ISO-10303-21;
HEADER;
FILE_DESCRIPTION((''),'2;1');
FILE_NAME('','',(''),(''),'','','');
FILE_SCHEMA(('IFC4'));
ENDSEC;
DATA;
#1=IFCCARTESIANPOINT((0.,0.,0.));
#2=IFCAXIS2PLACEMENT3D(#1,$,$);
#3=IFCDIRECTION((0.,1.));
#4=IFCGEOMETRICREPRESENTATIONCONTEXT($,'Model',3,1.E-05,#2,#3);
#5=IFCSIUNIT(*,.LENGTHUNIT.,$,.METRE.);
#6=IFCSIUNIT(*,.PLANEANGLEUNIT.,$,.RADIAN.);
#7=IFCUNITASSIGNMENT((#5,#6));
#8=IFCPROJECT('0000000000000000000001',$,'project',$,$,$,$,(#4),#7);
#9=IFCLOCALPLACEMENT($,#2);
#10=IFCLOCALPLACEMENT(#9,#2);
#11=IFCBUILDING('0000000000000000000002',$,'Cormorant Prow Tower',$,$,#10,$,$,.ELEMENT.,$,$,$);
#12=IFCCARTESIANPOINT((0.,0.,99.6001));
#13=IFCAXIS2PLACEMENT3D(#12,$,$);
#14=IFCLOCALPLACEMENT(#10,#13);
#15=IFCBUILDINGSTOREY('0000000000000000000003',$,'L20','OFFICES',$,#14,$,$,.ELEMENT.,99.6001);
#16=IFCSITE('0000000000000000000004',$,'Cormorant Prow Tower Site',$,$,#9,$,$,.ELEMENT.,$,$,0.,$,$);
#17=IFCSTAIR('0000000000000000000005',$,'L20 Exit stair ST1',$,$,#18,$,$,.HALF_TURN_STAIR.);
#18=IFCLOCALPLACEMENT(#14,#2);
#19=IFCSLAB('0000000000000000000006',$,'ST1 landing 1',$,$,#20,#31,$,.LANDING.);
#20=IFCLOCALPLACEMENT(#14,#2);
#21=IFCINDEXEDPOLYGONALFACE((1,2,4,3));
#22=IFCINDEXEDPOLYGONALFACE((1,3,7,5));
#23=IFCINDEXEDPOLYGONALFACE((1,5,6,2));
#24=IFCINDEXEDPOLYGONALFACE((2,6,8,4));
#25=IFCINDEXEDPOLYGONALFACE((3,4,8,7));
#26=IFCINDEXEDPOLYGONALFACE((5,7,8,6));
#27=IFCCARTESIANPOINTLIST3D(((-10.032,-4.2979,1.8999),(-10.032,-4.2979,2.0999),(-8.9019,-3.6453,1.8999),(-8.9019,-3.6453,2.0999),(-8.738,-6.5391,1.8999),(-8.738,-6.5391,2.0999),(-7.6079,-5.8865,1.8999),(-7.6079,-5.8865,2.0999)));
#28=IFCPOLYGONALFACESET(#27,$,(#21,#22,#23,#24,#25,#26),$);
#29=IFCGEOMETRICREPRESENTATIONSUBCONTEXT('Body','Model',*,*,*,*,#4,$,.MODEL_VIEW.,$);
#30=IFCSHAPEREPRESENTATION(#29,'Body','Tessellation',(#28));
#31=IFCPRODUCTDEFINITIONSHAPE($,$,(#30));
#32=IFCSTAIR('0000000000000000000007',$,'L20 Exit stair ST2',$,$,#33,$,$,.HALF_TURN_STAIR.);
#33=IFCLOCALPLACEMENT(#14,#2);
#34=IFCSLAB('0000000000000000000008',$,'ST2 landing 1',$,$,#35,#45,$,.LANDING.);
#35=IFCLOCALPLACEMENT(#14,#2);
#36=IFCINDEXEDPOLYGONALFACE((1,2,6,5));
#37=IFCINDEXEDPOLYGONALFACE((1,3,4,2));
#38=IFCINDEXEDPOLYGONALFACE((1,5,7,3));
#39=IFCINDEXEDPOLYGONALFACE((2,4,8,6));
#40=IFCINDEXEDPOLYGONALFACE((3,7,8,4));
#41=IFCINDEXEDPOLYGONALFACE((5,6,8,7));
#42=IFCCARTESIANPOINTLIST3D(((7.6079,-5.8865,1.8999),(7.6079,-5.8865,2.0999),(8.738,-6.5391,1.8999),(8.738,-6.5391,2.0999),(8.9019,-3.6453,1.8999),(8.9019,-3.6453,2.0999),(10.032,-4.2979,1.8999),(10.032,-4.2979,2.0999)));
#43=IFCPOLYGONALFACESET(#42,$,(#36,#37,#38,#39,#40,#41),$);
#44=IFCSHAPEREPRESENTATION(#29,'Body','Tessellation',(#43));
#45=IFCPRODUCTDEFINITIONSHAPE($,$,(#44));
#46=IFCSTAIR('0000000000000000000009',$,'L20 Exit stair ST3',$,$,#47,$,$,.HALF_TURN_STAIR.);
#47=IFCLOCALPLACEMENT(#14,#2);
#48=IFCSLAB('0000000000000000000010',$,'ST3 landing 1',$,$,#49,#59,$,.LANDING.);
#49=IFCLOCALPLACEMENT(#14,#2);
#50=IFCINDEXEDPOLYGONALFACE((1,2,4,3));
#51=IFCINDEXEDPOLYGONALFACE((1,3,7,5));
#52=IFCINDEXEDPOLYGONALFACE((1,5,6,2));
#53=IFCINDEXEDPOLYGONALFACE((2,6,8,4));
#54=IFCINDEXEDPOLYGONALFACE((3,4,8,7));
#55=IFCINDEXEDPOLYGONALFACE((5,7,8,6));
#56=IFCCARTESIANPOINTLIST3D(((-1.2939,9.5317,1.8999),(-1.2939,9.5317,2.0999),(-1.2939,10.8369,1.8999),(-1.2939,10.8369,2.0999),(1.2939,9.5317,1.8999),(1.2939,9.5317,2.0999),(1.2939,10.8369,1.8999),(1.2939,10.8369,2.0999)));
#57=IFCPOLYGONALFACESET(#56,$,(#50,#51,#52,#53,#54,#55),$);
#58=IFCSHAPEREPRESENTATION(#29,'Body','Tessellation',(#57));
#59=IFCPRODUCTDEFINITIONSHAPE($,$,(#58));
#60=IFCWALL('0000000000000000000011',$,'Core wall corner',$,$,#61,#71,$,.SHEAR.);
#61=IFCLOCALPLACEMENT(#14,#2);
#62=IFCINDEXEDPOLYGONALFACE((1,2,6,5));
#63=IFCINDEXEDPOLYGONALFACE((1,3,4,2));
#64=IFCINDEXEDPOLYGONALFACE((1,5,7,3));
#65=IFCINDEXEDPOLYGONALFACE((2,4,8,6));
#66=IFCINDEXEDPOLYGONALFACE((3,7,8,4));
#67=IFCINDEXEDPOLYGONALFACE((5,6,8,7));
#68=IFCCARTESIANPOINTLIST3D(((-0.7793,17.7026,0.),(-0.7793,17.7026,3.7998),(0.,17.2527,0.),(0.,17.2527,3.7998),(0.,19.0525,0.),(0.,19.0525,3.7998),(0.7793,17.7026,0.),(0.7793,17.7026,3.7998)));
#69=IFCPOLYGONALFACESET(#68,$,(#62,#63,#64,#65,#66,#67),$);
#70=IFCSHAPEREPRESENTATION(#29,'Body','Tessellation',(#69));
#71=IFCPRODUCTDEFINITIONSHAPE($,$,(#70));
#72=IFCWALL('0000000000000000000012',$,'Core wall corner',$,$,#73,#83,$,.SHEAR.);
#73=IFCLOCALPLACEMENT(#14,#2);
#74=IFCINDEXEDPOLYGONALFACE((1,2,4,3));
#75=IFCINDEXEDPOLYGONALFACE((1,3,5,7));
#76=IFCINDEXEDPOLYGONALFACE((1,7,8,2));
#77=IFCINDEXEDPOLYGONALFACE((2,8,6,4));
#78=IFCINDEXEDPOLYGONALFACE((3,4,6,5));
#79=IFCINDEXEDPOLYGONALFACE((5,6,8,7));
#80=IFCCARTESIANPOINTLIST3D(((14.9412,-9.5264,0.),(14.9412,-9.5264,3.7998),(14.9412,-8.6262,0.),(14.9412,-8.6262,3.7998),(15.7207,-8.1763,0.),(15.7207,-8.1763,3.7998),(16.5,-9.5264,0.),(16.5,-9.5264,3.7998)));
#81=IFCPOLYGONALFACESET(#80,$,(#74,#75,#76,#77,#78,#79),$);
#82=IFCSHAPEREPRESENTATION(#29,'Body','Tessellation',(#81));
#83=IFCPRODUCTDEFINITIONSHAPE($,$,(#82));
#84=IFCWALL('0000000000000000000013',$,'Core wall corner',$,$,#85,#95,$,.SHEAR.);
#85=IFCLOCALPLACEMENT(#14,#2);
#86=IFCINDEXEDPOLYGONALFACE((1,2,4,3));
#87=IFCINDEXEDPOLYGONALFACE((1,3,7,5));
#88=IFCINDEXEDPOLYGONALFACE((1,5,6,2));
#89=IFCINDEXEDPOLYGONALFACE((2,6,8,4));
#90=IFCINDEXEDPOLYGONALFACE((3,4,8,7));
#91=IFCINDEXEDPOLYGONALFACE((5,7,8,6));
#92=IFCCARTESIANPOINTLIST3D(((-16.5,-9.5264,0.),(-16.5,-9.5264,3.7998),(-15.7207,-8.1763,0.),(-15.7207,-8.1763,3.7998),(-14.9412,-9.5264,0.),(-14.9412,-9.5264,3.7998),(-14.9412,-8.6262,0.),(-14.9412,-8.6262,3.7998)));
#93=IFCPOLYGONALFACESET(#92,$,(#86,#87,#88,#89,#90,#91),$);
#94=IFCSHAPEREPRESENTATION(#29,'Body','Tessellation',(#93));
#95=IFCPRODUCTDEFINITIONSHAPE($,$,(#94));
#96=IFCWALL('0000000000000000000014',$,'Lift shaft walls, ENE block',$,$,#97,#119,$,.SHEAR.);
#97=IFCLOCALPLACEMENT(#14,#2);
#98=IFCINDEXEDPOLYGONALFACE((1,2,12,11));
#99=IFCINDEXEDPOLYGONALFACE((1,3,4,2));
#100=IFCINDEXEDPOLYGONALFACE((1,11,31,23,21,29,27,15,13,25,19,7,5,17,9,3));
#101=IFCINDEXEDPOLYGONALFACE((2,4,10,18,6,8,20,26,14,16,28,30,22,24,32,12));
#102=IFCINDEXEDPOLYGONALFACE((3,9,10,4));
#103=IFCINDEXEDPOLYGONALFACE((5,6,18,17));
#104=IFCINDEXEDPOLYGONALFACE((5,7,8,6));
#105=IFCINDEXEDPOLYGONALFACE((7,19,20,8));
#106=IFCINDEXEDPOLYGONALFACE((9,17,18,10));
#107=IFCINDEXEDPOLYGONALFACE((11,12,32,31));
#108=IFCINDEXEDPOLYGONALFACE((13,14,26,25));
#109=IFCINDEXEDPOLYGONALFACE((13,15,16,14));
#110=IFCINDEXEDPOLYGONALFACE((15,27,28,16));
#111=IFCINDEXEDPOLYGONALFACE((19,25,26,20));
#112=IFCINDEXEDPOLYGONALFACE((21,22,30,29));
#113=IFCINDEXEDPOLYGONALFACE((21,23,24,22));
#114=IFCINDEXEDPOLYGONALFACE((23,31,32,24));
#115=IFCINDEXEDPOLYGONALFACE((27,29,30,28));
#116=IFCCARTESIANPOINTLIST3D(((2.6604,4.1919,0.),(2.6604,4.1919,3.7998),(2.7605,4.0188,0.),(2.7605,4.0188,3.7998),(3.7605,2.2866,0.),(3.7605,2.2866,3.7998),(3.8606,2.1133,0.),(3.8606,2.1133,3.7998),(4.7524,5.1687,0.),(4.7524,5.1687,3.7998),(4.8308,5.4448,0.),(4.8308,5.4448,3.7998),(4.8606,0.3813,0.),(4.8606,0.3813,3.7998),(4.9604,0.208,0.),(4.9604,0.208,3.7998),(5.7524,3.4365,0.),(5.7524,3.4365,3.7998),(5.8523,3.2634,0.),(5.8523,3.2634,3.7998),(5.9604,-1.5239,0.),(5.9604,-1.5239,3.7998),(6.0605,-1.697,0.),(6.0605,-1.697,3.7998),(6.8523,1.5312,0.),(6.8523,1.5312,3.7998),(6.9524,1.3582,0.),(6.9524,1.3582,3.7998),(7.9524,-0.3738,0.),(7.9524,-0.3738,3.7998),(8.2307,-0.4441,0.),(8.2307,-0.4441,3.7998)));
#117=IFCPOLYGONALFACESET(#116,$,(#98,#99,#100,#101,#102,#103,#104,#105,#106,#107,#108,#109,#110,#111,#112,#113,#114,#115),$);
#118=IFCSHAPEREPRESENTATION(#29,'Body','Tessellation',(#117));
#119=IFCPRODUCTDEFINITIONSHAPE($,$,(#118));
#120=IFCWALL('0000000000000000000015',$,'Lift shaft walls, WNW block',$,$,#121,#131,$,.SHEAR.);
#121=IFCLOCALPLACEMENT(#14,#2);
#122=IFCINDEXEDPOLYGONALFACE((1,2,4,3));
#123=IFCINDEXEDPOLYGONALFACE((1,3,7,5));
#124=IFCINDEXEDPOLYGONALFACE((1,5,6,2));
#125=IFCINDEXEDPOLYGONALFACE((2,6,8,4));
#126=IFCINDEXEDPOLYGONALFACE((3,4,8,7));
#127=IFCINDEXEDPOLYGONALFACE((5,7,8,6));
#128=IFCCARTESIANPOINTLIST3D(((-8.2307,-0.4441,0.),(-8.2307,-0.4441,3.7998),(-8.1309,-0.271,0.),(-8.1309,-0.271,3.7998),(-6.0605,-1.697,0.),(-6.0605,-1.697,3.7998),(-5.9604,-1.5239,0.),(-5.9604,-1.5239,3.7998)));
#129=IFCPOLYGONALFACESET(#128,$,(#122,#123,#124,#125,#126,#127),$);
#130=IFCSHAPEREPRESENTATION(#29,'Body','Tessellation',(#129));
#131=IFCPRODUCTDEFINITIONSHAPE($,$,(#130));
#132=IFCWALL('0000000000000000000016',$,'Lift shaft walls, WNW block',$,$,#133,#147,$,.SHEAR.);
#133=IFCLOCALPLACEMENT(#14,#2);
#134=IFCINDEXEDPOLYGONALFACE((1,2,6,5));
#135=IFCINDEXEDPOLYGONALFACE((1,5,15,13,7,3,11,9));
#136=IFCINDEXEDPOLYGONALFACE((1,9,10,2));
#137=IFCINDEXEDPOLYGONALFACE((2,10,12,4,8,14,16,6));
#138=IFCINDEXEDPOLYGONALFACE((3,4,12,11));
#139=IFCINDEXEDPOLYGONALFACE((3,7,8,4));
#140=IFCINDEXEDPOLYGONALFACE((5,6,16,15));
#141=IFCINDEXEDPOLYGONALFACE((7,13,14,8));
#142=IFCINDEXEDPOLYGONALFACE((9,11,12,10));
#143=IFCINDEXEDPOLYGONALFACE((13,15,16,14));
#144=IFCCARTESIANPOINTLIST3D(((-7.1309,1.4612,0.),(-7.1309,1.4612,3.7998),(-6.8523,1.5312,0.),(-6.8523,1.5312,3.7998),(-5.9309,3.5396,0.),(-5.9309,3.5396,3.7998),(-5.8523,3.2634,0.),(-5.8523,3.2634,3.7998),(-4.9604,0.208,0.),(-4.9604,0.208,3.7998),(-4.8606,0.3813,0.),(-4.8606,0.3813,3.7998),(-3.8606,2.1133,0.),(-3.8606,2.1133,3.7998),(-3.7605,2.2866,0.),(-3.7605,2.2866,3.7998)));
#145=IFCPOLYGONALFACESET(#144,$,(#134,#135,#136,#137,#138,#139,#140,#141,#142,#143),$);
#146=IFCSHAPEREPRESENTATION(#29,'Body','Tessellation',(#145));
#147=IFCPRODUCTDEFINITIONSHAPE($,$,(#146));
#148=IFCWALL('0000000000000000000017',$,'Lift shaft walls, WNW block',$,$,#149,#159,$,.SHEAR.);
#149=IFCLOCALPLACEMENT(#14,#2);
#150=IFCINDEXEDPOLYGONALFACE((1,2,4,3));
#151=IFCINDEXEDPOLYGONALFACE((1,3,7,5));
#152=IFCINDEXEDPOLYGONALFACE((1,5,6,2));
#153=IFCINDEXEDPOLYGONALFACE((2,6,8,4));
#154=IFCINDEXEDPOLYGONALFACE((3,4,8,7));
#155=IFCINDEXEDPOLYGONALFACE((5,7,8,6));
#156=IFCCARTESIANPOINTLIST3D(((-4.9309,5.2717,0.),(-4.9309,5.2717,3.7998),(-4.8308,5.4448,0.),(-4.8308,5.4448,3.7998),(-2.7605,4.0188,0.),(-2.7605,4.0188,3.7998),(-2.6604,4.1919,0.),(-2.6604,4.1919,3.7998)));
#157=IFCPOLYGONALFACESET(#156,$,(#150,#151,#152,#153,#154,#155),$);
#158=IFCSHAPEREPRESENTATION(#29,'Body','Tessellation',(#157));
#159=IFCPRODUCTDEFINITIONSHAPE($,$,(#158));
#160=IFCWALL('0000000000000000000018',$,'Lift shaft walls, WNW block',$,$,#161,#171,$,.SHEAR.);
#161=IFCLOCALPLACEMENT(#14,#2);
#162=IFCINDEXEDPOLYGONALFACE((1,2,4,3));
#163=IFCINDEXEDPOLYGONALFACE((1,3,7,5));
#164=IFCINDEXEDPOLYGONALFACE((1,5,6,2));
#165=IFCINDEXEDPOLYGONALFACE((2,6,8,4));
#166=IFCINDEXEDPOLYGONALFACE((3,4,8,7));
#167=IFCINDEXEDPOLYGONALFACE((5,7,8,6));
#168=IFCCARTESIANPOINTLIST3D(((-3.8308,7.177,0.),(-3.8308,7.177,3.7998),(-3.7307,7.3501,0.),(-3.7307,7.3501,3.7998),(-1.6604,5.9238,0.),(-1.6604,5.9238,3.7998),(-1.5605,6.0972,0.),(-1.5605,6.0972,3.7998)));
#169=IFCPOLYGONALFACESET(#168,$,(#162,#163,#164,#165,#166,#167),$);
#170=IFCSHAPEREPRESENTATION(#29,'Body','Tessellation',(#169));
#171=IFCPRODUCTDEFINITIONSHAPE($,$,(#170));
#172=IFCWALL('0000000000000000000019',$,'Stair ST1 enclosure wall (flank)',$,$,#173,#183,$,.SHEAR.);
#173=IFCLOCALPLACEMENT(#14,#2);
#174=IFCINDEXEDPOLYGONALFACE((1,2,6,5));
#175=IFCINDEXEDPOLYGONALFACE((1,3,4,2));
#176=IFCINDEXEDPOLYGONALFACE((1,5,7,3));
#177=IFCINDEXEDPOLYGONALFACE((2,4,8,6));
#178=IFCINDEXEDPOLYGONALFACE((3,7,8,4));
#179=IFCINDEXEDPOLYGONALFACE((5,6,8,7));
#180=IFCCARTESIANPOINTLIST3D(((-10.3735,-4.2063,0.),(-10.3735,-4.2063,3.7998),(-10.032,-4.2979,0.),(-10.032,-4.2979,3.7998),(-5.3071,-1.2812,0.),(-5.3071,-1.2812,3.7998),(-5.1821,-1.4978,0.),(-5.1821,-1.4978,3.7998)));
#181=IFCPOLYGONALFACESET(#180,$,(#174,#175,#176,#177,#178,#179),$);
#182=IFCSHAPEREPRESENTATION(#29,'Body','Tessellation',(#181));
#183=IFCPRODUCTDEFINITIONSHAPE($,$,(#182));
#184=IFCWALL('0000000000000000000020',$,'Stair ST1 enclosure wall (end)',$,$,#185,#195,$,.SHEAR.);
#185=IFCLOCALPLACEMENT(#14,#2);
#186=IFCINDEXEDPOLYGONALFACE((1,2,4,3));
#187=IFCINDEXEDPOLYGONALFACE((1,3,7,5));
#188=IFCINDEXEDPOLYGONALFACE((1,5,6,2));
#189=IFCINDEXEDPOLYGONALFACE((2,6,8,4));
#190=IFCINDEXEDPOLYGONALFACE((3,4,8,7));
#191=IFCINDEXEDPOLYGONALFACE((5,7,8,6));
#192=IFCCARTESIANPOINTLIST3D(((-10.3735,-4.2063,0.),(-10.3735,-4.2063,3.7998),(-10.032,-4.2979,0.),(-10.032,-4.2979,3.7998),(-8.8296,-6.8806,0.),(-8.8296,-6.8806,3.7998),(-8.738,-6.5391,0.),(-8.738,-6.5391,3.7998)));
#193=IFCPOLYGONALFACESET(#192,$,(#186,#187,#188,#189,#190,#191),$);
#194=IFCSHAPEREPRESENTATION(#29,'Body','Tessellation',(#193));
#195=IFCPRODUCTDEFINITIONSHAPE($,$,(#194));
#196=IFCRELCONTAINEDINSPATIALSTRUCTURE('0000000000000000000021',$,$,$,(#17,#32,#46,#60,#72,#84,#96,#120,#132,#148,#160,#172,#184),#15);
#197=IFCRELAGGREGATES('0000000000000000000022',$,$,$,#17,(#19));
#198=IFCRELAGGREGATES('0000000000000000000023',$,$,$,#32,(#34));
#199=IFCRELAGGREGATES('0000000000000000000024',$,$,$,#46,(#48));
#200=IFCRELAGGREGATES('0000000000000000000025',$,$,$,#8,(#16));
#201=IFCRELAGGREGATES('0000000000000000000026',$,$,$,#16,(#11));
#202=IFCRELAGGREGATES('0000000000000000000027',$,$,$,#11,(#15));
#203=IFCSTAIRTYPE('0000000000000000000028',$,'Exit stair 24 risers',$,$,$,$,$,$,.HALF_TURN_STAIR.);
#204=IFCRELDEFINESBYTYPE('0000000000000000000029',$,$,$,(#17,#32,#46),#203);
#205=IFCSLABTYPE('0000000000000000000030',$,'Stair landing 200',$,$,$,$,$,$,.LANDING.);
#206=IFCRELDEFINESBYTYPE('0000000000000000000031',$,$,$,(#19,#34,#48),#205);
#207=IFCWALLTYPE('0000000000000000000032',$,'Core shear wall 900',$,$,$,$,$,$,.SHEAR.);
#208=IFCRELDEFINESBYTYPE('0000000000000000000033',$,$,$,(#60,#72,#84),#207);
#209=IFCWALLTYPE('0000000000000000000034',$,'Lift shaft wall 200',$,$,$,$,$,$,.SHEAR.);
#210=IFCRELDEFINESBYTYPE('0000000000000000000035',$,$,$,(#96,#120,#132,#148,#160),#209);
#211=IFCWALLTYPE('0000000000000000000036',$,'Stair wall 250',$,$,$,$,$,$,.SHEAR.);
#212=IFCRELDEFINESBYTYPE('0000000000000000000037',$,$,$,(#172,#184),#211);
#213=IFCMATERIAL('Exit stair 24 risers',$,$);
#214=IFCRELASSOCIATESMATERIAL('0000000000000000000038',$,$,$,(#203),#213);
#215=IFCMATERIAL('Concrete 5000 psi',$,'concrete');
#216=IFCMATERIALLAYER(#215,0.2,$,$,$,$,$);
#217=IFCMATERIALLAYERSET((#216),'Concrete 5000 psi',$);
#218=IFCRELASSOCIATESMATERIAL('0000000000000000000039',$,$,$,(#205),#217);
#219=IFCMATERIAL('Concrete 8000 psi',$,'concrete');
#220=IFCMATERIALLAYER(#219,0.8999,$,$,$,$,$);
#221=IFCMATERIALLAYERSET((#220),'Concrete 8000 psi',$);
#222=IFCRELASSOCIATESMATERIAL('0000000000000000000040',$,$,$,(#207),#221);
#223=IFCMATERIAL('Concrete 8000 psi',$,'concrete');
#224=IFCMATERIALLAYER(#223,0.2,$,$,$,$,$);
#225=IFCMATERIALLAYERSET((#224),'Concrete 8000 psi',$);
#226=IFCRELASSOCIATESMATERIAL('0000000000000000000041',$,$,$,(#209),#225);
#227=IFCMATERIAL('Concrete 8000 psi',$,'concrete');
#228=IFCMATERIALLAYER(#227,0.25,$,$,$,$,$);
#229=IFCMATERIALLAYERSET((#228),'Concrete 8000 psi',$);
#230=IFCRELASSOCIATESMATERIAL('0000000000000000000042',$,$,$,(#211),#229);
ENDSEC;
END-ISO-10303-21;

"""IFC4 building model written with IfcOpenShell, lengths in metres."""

from ifc_helpers import new_model, si_unit, direction, frame, origin, place, context, subcontext, project, spatial, polyline, outline, extrude, material, layer, layer_set, type_object, element, aggregate, save


model = new_model("IFC4")

# Units and contexts
model_context = context("Model", 3, precision=1e-05, world=origin(), true_north=direction((0.0, 1.0)))
body_context = subcontext(model_context, "Body", "Model", "MODEL_VIEW")
ifc_project = project(units=[si_unit("LENGTHUNIT", "METRE"), si_unit("PLANEANGLEUNIT", "RADIAN")], contexts=[model_context])

# Site, building, storey
site_placement = place(None, origin())
site = spatial("IfcSite", under=ifc_project, at=site_placement, Name="Cormorant Prow Tower Site", CompositionType="ELEMENT", RefElevation=0.0)
building_placement = place(site_placement, origin())
building = spatial("IfcBuilding", under=site, at=building_placement, Name="Cormorant Prow Tower", CompositionType="ELEMENT")
storey_placement = place(building_placement, frame((0.0, 0.0, 99.6001)))
storey = spatial("IfcBuildingStorey", under=building, at=storey_placement, Name="L20", Description="OFFICES", CompositionType="ELEMENT", Elevation=99.6001)

# Stairs, slabs
ifc_material_1 = material(Name="Exit stair 24 risers")
stair_type = type_object("IfcStairType", Name="Exit stair 24 risers", PredefinedType="HALF_TURN_STAIR", material=ifc_material_1)
stair_1_placement = place(storey_placement, origin())
stair_1 = element("IfcStair", 1, at=stair_1_placement, inside=storey, type_object=stair_type, Name="L20 Exit stair ST1", PredefinedType="HALF_TURN_STAIR")
ifc_material_2 = material(Name="Concrete 5000 psi", Category="concrete")
ifc_layer_1 = layer(ifc_material_2, 0.2)
ifc_layer_set_1 = layer_set([ifc_layer_1], Name="Concrete 5000 psi")
slab_type = type_object("IfcSlabType", Name="Stair landing 200", PredefinedType="LANDING", material=ifc_layer_set_1)
slab_1_placement = place(storey_placement, frame((0.0, 0.0, 1.8999)))
slab_1 = element("IfcSlab", 2, at=slab_1_placement, type_object=slab_type, Name="ST1 landing 1", PredefinedType="LANDING", context=body_context, shape_type="SweptSolid", body=[
    extrude(outline(polyline([(-8.9019, -3.6453), (-10.032, -4.2979), (-8.738, -6.5391), (-7.6079, -5.8865), (-8.9019, -3.6453)])), origin(), (0.0, 0.0, 1.0), 0.2),
])
aggregate(stair_1, [slab_1])
stair_2_placement = place(storey_placement, origin())
stair_2 = element("IfcStair", 3, at=stair_2_placement, inside=storey, type_object=stair_type, Name="L20 Exit stair ST2", PredefinedType="HALF_TURN_STAIR")
slab_2_placement = place(storey_placement, frame((0.0, 0.0, 1.8999)))
slab_2 = element("IfcSlab", 4, at=slab_2_placement, type_object=slab_type, Name="ST2 landing 1", PredefinedType="LANDING", context=body_context, shape_type="SweptSolid", body=[
    extrude(outline(polyline([(7.6079, -5.8865), (8.738, -6.5391), (10.032, -4.2979), (8.9019, -3.6453), (7.6079, -5.8865)])), origin(), (0.0, 0.0, 1.0), 0.2),
])
aggregate(stair_2, [slab_2])
stair_3_placement = place(storey_placement, origin())
stair_3 = element("IfcStair", 5, at=stair_3_placement, inside=storey, type_object=stair_type, Name="L20 Exit stair ST3", PredefinedType="HALF_TURN_STAIR")
slab_3_placement = place(storey_placement, frame((0.0, 0.0, 1.8999)))
slab_3 = element("IfcSlab", 6, at=slab_3_placement, type_object=slab_type, Name="ST3 landing 1", PredefinedType="LANDING", context=body_context, shape_type="SweptSolid", body=[
    extrude(outline(polyline([(1.2939, 9.5317), (1.2939, 10.8369), (-1.2939, 10.8369), (-1.2939, 9.5317), (1.2939, 9.5317)])), origin(), (0.0, 0.0, 1.0), 0.2),
])
aggregate(stair_3, [slab_3])

# Walls
ifc_material_3 = material(Name="Concrete 8000 psi", Category="concrete")
ifc_layer_2 = layer(ifc_material_3, 0.8999)
ifc_layer_set_2 = layer_set([ifc_layer_2], Name="Concrete 8000 psi")
wall_type_1 = type_object("IfcWallType", Name="Core shear wall 900", PredefinedType="SHEAR", material=ifc_layer_set_2)
wall_1_placement = place(storey_placement, origin())
element("IfcWall", 7, at=wall_1_placement, inside=storey, type_object=wall_type_1, Name="Core wall corner", PredefinedType="SHEAR", context=body_context, shape_type="SweptSolid", body=[
    extrude(outline(polyline([(-0.7793, 17.7026), (0.0, 19.0525), (0.7793, 17.7026), (0.0, 17.2527), (-0.7793, 17.7026)])), origin(), (0.0, 0.0, 1.0), 3.7998),
])
wall_2_placement = place(storey_placement, origin())
element("IfcWall", 8, at=wall_2_placement, inside=storey, type_object=wall_type_1, Name="Core wall corner", PredefinedType="SHEAR", context=body_context, shape_type="SweptSolid", body=[
    extrude(outline(polyline([(14.9412, -8.6262), (15.7207, -8.1763), (16.5, -9.5264), (14.9412, -9.5264), (14.9412, -8.6262)])), origin(), (0.0, 0.0, 1.0), 3.7998),
])
wall_3_placement = place(storey_placement, origin())
element("IfcWall", 9, at=wall_3_placement, inside=storey, type_object=wall_type_1, Name="Core wall corner", PredefinedType="SHEAR", context=body_context, shape_type="SweptSolid", body=[
    extrude(outline(polyline([(-14.9412, -8.6262), (-14.9412, -9.5264), (-16.5, -9.5264), (-15.7207, -8.1763), (-14.9412, -8.6262)])), origin(), (0.0, 0.0, 1.0), 3.7998),
])
ifc_material_4 = material(Name="Concrete 8000 psi", Category="concrete")
ifc_layer_3 = layer(ifc_material_4, 0.2)
ifc_layer_set_3 = layer_set([ifc_layer_3], Name="Concrete 8000 psi")
wall_type_2 = type_object("IfcWallType", Name="Lift shaft wall 200", PredefinedType="SHEAR", material=ifc_layer_set_3)
wall_4_placement = place(storey_placement, origin())
element("IfcWall", 10, at=wall_4_placement, inside=storey, type_object=wall_type_2, Name="Lift shaft walls, ENE block", PredefinedType="SHEAR", context=body_context, shape_type="SweptSolid", body=[
    extrude(outline(polyline([(2.6604, 4.1919), (4.8308, 5.4448), (8.2307, -0.4441), (6.0605, -1.697), (5.9604, -1.5239), (7.9524, -0.3738), (6.9524, 1.3582), (4.9604, 0.208), (4.8606, 0.3813), (6.8523, 1.5312), (5.8523, 3.2634), (3.8606, 2.1133), (3.7605, 2.2866), (5.7524, 3.4365), (4.7524, 5.1687), (2.7605, 4.0188), (2.6604, 4.1919)])), origin(), (0.0, 0.0, 1.0), 3.7998),
])
wall_5_placement = place(storey_placement, origin())
element("IfcWall", 11, at=wall_5_placement, inside=storey, type_object=wall_type_2, Name="Lift shaft walls, WNW block", PredefinedType="SHEAR", context=body_context, shape_type="SweptSolid", body=[
    extrude(outline(polyline([(-6.0605, -1.697), (-8.2307, -0.4441), (-8.1309, -0.271), (-5.9604, -1.5239), (-6.0605, -1.697)])), origin(), (0.0, 0.0, 1.0), 3.7998),
])
wall_6_placement = place(storey_placement, origin())
element("IfcWall", 12, at=wall_6_placement, inside=storey, type_object=wall_type_2, Name="Lift shaft walls, WNW block", PredefinedType="SHEAR", context=body_context, shape_type="SweptSolid", body=[
    extrude(outline(polyline([(-4.9604, 0.208), (-7.1309, 1.4612), (-5.9309, 3.5396), (-3.7605, 2.2866), (-3.8606, 2.1133), (-5.8523, 3.2634), (-6.8523, 1.5312), (-4.8606, 0.3813), (-4.9604, 0.208)])), origin(), (0.0, 0.0, 1.0), 3.7998),
])
wall_7_placement = place(storey_placement, origin())
element("IfcWall", 13, at=wall_7_placement, inside=storey, type_object=wall_type_2, Name="Lift shaft walls, WNW block", PredefinedType="SHEAR", context=body_context, shape_type="SweptSolid", body=[
    extrude(outline(polyline([(-2.7605, 4.0188), (-4.9309, 5.2717), (-4.8308, 5.4448), (-2.6604, 4.1919), (-2.7605, 4.0188)])), origin(), (0.0, 0.0, 1.0), 3.7998),
])
wall_8_placement = place(storey_placement, origin())
element("IfcWall", 14, at=wall_8_placement, inside=storey, type_object=wall_type_2, Name="Lift shaft walls, WNW block", PredefinedType="SHEAR", context=body_context, shape_type="SweptSolid", body=[
    extrude(outline(polyline([(-3.7307, 7.3501), (-1.5605, 6.0972), (-1.6604, 5.9238), (-3.8308, 7.177), (-3.7307, 7.3501)])), origin(), (0.0, 0.0, 1.0), 3.7998),
])
ifc_material_5 = material(Name="Concrete 8000 psi", Category="concrete")
ifc_layer_4 = layer(ifc_material_5, 0.25)
ifc_layer_set_4 = layer_set([ifc_layer_4], Name="Concrete 8000 psi")
wall_type_3 = type_object("IfcWallType", Name="Stair wall 250", PredefinedType="SHEAR", material=ifc_layer_set_4)
wall_9_placement = place(storey_placement, origin())
element("IfcWall", 15, at=wall_9_placement, inside=storey, type_object=wall_type_3, Name="Stair ST1 enclosure wall (flank)", PredefinedType="SHEAR", context=body_context, shape_type="SweptSolid", body=[
    extrude(outline(polyline([(-5.3071, -1.2812), (-10.3735, -4.2063), (-10.032, -4.2979), (-5.1821, -1.4978), (-5.3071, -1.2812)])), origin(), (0.0, 0.0, 1.0), 3.7998),
])
wall_10_placement = place(storey_placement, origin())
element("IfcWall", 16, at=wall_10_placement, inside=storey, type_object=wall_type_3, Name="Stair ST1 enclosure wall (end)", PredefinedType="SHEAR", context=body_context, shape_type="SweptSolid", body=[
    extrude(outline(polyline([(-10.3735, -4.2063), (-8.8296, -6.8806), (-8.738, -6.5391), (-10.032, -4.2979), (-10.3735, -4.2063)])), origin(), (0.0, 0.0, 1.0), 3.7998),
])

save(model, "model.ifc")
